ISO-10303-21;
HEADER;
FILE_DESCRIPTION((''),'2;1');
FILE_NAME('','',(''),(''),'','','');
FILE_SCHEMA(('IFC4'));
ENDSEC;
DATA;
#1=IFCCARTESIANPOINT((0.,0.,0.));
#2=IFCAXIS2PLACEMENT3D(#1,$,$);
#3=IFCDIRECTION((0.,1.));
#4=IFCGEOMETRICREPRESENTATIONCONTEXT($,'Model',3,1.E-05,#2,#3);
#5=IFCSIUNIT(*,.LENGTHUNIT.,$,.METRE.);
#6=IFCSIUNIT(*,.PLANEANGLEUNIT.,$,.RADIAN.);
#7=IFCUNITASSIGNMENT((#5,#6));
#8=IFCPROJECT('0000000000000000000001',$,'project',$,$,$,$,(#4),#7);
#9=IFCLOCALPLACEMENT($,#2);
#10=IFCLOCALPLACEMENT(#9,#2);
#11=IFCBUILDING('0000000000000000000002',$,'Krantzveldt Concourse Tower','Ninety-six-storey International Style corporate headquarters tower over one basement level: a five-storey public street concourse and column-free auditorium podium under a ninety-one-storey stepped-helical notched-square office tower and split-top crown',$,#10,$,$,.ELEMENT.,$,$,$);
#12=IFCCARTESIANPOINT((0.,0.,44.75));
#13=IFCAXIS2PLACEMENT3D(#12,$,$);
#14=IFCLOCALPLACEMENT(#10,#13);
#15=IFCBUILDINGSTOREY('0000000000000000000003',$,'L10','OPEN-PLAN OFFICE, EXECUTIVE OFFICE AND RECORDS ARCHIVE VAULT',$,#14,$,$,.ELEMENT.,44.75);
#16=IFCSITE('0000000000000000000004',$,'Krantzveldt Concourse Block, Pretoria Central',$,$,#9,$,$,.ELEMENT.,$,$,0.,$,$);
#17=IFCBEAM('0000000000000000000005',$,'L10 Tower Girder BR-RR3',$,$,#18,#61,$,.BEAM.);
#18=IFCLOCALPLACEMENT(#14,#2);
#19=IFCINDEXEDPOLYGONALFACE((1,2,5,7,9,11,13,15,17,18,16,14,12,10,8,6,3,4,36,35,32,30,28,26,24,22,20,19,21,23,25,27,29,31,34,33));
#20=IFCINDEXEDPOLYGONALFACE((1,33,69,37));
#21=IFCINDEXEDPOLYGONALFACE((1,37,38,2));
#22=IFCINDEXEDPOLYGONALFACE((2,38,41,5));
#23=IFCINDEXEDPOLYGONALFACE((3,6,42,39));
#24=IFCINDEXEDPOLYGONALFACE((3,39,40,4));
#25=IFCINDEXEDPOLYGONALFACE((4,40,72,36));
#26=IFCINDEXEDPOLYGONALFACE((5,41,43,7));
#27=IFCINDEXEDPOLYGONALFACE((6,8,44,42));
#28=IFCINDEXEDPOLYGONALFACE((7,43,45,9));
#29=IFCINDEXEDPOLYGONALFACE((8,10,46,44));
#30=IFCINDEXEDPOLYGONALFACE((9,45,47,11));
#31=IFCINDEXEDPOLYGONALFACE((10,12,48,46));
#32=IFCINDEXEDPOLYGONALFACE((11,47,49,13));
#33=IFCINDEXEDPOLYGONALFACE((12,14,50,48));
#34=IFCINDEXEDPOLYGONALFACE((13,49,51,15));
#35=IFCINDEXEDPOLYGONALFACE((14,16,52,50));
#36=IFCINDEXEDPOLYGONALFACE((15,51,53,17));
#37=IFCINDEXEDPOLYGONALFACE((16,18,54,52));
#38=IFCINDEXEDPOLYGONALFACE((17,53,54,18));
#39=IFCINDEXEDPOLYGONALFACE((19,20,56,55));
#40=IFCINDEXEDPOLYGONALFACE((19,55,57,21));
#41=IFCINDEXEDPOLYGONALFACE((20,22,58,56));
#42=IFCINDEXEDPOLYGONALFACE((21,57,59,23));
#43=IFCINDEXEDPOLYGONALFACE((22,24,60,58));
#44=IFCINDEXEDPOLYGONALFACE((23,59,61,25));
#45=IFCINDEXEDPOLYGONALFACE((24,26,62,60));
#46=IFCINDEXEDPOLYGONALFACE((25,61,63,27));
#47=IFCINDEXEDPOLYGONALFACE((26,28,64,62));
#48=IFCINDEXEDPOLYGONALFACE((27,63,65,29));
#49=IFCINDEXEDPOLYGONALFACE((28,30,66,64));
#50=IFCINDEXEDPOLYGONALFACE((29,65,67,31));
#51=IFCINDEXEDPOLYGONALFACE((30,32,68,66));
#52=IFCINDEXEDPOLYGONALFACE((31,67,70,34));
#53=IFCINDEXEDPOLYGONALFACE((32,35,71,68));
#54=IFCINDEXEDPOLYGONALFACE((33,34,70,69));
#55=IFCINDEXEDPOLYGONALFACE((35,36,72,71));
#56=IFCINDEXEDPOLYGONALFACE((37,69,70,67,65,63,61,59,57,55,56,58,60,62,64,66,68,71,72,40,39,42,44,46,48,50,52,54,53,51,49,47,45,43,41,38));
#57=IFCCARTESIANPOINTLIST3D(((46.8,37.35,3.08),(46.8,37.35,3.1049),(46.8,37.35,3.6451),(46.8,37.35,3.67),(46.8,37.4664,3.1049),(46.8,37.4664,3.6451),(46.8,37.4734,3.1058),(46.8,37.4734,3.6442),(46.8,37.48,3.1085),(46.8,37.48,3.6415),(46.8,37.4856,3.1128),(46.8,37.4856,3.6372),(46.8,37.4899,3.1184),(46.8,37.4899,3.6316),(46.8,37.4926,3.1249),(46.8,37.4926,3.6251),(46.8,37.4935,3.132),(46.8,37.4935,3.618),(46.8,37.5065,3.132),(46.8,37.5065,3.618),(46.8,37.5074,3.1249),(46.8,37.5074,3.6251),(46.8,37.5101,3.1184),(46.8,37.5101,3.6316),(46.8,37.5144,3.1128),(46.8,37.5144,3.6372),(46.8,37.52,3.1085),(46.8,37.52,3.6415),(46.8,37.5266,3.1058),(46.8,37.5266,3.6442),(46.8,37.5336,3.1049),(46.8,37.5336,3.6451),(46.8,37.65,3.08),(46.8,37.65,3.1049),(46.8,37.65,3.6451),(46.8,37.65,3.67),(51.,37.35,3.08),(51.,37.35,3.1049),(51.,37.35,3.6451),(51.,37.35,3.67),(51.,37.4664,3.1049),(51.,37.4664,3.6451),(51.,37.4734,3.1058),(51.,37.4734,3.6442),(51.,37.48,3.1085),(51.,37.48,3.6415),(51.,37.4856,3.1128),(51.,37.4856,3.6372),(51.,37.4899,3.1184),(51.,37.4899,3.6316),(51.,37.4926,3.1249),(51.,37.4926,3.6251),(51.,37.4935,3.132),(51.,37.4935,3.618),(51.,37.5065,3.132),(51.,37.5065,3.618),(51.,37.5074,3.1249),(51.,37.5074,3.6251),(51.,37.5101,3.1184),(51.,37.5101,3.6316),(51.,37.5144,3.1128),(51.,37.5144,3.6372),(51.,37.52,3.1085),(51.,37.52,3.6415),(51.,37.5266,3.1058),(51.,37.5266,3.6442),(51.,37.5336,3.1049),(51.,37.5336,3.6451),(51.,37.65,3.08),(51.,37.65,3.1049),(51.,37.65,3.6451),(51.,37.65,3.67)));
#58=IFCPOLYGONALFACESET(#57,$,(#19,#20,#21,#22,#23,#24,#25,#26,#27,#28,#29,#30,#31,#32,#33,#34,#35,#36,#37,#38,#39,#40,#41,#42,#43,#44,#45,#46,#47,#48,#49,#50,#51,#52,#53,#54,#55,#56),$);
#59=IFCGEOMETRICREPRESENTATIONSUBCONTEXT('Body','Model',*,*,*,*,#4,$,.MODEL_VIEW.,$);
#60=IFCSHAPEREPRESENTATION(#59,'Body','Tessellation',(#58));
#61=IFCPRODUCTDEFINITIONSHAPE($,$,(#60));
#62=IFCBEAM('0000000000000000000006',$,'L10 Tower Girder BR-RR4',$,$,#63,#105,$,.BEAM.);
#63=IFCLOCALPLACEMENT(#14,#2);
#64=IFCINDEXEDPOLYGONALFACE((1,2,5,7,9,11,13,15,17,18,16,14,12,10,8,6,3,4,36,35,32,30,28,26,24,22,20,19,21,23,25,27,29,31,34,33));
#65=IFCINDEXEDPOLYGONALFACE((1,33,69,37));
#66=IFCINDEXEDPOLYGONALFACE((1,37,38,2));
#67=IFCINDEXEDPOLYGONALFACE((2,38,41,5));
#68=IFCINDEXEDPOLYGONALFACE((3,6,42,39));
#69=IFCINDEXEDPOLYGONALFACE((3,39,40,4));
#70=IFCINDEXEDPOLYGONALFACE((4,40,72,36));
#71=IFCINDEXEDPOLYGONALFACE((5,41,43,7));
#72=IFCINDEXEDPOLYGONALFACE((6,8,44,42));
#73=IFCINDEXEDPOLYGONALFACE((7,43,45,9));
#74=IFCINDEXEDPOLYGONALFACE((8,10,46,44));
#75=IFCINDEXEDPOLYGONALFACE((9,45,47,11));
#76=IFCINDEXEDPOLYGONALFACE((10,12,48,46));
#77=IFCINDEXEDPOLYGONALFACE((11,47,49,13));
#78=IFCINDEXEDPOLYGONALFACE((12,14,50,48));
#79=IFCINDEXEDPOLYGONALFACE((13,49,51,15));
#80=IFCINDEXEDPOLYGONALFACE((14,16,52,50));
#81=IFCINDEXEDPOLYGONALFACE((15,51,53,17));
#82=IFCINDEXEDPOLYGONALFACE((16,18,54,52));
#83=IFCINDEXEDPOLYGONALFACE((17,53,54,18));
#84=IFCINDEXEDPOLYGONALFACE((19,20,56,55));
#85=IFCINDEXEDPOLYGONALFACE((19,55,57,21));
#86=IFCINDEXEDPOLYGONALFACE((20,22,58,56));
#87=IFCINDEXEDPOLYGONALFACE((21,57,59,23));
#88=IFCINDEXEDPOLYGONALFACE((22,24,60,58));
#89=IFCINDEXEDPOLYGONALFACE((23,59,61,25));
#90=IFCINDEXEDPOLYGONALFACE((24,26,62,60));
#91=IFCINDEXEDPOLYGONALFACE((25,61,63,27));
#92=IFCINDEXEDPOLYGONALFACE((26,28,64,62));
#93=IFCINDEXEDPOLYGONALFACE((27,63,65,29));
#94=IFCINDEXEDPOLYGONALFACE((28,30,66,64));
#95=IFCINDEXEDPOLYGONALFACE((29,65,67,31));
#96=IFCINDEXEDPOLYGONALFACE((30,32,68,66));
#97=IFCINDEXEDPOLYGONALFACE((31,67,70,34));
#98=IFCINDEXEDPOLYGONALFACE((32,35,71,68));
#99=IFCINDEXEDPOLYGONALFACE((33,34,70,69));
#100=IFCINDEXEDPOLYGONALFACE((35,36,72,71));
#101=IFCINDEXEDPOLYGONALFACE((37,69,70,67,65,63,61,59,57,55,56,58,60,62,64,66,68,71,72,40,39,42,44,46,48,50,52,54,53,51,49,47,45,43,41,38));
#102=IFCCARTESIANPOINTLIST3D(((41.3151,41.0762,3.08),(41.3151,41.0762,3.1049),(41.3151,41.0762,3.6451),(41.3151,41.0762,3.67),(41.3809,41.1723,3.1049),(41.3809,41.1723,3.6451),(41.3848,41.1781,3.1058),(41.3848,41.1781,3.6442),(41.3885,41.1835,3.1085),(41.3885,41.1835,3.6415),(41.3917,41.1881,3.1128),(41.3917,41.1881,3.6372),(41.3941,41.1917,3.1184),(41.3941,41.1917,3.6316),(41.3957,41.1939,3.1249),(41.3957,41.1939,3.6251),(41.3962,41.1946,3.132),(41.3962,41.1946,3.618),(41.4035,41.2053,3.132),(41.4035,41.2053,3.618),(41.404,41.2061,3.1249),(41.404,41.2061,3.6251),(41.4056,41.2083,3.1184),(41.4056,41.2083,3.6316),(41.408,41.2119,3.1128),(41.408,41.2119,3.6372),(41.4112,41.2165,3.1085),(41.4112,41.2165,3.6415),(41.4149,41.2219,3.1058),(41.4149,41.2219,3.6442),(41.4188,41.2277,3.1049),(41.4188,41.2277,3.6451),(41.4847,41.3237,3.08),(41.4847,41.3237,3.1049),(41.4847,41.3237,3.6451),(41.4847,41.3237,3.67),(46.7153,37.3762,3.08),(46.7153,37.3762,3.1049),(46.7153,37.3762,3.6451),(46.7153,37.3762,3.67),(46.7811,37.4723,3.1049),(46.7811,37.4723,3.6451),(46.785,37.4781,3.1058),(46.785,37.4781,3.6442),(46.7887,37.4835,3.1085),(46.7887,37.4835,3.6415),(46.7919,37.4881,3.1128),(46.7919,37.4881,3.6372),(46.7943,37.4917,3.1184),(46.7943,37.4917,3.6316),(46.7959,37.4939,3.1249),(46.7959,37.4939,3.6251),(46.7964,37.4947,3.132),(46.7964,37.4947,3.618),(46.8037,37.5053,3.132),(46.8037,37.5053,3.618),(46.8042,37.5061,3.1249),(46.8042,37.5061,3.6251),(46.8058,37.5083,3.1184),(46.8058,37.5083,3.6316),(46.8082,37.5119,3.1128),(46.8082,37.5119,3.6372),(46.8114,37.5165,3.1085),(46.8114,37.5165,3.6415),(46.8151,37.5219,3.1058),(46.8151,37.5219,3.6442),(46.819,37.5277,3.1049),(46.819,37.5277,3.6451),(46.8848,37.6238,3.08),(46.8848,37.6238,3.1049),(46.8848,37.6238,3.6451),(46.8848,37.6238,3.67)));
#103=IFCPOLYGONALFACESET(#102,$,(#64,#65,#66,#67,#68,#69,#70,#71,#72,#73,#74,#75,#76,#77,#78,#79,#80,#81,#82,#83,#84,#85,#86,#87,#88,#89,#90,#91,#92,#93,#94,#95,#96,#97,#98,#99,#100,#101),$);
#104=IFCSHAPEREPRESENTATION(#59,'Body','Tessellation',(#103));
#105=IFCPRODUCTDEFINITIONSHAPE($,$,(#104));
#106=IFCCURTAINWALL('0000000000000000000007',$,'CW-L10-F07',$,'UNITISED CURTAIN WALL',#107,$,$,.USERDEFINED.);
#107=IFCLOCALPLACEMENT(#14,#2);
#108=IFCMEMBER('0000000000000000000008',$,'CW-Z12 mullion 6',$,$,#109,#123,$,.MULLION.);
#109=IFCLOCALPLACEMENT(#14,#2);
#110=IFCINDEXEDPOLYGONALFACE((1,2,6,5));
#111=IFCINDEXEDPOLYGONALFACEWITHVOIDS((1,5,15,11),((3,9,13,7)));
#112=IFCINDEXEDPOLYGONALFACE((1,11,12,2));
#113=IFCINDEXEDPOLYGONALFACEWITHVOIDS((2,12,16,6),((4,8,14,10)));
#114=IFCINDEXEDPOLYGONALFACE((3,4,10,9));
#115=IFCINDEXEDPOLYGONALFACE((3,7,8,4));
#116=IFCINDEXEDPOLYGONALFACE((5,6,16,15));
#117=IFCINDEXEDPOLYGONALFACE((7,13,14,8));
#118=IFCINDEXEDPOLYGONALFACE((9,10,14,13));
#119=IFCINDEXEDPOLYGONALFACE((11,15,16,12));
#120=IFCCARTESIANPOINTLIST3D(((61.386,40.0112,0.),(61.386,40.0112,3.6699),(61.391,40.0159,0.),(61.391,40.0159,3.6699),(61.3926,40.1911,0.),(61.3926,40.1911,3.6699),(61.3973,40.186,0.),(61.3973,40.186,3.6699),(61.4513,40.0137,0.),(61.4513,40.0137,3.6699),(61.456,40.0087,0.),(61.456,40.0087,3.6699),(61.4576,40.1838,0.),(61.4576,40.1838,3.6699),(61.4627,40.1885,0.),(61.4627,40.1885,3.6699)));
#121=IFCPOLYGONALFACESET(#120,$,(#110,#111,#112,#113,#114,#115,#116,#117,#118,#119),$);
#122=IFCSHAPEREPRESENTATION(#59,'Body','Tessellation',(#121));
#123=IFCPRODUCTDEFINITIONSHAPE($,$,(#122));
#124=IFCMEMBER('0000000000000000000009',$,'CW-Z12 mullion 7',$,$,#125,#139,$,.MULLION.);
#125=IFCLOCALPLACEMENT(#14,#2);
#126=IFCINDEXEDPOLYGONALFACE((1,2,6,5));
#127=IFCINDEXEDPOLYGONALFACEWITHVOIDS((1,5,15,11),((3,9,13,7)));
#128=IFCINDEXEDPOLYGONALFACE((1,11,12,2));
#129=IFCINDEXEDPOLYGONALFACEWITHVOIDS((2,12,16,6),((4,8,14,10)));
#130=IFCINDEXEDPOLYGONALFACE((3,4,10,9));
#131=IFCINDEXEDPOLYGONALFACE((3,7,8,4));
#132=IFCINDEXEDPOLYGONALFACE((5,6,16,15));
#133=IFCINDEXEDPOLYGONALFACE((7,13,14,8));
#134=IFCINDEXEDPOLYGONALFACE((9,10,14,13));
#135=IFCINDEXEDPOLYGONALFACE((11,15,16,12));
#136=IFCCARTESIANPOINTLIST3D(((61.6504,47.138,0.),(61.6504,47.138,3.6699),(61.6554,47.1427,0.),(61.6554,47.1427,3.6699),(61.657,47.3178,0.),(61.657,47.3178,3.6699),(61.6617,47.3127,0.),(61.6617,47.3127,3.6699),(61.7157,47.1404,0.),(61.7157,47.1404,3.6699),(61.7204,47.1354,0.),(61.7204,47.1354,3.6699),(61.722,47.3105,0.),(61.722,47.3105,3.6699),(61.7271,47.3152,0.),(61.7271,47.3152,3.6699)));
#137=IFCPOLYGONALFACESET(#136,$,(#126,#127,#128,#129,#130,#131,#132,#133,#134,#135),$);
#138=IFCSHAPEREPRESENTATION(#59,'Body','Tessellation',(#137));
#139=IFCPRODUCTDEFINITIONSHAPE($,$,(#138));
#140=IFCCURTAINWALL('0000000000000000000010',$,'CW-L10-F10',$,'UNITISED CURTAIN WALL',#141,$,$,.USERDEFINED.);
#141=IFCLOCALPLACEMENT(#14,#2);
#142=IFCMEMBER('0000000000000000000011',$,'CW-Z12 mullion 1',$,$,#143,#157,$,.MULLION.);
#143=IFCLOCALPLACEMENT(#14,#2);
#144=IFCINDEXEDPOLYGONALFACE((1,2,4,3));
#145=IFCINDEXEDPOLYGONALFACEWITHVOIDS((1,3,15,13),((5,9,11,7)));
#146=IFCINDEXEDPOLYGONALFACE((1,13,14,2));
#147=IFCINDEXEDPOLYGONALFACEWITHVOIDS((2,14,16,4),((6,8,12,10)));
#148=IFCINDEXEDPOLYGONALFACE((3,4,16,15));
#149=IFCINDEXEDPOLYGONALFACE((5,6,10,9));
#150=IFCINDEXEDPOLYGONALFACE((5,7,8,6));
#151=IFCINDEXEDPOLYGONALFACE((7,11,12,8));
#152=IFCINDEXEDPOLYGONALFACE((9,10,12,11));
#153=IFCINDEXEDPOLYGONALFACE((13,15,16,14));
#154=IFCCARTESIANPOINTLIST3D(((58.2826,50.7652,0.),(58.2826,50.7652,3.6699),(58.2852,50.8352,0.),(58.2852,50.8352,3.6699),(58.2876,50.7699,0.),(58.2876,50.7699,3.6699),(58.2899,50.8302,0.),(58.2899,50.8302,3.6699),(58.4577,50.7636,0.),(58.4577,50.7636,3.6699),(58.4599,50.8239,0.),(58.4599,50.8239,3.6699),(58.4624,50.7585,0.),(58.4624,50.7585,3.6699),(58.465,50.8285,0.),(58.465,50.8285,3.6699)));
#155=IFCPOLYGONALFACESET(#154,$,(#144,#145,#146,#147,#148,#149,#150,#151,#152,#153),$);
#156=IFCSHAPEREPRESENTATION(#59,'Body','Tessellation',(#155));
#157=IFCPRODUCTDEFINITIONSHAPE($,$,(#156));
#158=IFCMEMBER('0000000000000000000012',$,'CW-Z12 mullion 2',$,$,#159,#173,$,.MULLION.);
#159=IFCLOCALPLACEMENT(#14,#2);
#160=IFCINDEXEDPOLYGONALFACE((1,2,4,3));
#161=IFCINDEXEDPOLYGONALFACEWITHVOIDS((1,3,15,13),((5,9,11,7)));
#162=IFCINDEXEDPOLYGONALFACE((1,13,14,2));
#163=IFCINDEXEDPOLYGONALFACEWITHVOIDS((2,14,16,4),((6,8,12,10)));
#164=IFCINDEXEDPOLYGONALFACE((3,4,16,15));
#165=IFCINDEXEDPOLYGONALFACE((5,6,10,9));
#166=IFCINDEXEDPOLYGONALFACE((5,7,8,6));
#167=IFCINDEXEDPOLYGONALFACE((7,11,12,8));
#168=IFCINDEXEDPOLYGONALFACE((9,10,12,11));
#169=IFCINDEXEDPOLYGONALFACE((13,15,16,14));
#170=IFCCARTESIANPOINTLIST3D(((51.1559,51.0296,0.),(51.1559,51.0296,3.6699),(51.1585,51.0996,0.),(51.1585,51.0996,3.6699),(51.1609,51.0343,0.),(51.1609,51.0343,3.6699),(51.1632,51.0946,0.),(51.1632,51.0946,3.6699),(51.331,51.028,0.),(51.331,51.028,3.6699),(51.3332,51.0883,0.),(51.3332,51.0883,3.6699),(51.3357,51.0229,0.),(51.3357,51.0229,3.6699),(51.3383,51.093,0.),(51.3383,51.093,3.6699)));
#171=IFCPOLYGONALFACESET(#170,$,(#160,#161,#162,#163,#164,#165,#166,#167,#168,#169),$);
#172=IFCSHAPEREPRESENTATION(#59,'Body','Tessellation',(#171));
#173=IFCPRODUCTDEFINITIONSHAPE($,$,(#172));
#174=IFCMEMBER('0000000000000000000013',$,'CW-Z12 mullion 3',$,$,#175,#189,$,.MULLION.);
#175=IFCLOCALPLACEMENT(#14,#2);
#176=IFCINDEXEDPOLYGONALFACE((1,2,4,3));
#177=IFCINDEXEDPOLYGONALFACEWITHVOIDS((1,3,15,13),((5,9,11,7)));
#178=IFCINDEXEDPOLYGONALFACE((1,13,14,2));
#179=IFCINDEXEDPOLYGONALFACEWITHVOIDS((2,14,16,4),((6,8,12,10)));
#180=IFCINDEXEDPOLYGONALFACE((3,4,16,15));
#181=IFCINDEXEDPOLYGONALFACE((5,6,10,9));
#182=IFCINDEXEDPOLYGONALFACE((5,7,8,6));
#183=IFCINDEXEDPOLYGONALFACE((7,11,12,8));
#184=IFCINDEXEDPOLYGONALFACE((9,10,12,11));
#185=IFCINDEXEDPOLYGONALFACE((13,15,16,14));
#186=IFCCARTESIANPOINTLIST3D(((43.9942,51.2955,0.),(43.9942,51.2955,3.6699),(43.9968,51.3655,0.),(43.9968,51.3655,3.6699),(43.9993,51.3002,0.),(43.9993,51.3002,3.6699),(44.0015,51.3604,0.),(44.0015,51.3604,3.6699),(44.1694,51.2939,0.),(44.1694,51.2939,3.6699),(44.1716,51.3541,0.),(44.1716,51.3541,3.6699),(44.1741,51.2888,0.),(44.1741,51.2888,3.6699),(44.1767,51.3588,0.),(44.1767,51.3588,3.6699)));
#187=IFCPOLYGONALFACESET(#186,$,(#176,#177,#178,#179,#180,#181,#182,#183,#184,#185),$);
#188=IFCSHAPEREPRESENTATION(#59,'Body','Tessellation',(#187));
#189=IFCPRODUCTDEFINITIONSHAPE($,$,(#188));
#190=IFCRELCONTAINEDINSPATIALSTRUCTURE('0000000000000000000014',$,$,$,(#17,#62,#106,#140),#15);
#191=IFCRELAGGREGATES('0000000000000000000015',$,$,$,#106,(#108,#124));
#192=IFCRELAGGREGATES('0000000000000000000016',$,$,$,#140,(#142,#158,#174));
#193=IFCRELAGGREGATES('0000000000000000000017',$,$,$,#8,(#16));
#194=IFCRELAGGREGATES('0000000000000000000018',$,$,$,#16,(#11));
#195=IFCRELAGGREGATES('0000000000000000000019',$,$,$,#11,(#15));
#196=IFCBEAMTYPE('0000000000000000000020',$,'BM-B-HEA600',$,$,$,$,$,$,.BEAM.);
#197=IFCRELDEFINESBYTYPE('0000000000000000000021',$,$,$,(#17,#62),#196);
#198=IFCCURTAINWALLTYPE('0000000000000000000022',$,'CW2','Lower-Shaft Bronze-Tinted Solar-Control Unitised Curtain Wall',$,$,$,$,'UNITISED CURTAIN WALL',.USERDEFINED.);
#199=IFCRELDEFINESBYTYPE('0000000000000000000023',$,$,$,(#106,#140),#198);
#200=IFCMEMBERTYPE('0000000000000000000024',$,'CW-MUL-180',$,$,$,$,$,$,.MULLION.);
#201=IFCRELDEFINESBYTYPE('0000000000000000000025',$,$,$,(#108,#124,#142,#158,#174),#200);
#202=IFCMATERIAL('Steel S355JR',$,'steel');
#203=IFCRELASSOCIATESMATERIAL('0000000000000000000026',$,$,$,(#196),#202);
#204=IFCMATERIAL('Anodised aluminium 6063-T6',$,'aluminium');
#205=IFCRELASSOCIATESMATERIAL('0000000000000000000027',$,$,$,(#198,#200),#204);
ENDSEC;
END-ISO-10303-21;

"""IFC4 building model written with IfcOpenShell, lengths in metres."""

from ifc_helpers import new_model, si_unit, direction, frame, origin, origin_2d, place, context, subcontext, project, spatial, hollow_rectangle, i_section, extrude, source, transform, mapped, material, material_profile, profile_set, type_object, type_shapes, element, aggregate, save


model = new_model("IFC4")

# Units and contexts
model_context = context("Model", 3, precision=1e-05, world=origin(), true_north=direction((0.0, 1.0)))
body_context = subcontext(model_context, "Body", "Model", "MODEL_VIEW")
ifc_project = project(units=[si_unit("LENGTHUNIT", "METRE"), si_unit("PLANEANGLEUNIT", "RADIAN")], contexts=[model_context])

# Site, building, storey
site_placement = place(None, origin())
site = spatial("IfcSite", under=ifc_project, at=site_placement, Name="Krantzveldt Concourse Block, Pretoria Central", CompositionType="ELEMENT", RefElevation=0.0)
building_placement = place(site_placement, origin())
building = spatial("IfcBuilding", under=site, at=building_placement, Name="Krantzveldt Concourse Tower", Description="Ninety-six-storey International Style corporate headquarters tower over one basement level: a five-storey public street concourse and column-free auditorium podium under a ninety-one-storey stepped-helical notched-square office tower and split-top crown", CompositionType="ELEMENT")
storey_placement = place(building_placement, frame((0.0, 0.0, 44.75)))
storey = spatial("IfcBuildingStorey", under=building, at=storey_placement, Name="L10", Description="OPEN-PLAN OFFICE, EXECUTIVE OFFICE AND RECORDS ARCHIVE VAULT", CompositionType="ELEMENT", Elevation=44.75)

# Beams
ifc_material_1 = material(Name="Steel S355JR", Category="steel")
ifc_material_profile_1 = material_profile(ifc_material_1, i_section(OverallWidth=0.3, OverallDepth=0.5901, WebThickness=0.0129, FlangeThickness=0.0249, FilletRadius=0.0271, at=origin_2d()), Name="Steel S355JR", Category="steel")
ifc_profile_set_1 = profile_set([ifc_material_profile_1], Name="Steel S355JR - HEA 600")
beam_type_1 = type_object("IfcBeamType", Name="BM-B-HEA600", PredefinedType="BEAM", material=ifc_profile_set_1)
shared_shape_1 = source(origin(), body_context, "Body", "SweptSolid", [
    extrude(i_section(OverallWidth=0.3, OverallDepth=0.5901, WebThickness=0.0129, FlangeThickness=0.0249, FilletRadius=0.0271, at=origin_2d()), origin(), (0.0, 0.0, 1.0), 4.2),
])
beam_1_placement = place(storey_placement, frame((46.8, 37.5, 3.375), z_axis=(1.0, 0.0, 0.0), x_axis=(0.0, 1.0, 0.0)))
element("IfcBeam", 1, at=beam_1_placement, inside=storey, type_object=beam_type_1, Name="L10 Tower Girder BR-RR3", PredefinedType="BEAM", context=body_context, shape_type="MappedRepresentation", body=[
    mapped(shared_shape_1, transform((0.0, 0.0, 0.0), x_axis=(1.0, 0.0, 0.0), y_axis=(0.0, 1.0, 0.0), z_axis=(0.0, 0.0, 1.0), scale=1.0)),
])
shared_shape_2 = source(origin(), body_context, "Body", "SweptSolid", [
    extrude(i_section(OverallWidth=0.3, OverallDepth=0.5901, WebThickness=0.0129, FlangeThickness=0.0249, FilletRadius=0.0271, at=origin_2d()), origin(), (0.0, 0.0, 1.0), 6.5461),
])
type_shapes(beam_type_1, [shared_shape_1, shared_shape_2])
beam_2_placement = place(storey_placement, frame((46.8, 37.5, 3.375), z_axis=(-0.824943, 0.565216, 0.0), x_axis=(-0.565216, -0.824943, 0.0)))
element("IfcBeam", 2, at=beam_2_placement, inside=storey, type_object=beam_type_1, Name="L10 Tower Girder BR-RR4", PredefinedType="BEAM", context=body_context, shape_type="MappedRepresentation", body=[
    mapped(shared_shape_2, transform((0.0, 0.0, 0.0), x_axis=(1.0, 0.0, 0.0), y_axis=(0.0, 1.0, 0.0), z_axis=(0.0, 0.0, 1.0), scale=1.0)),
])

# Curtain walls, members
ifc_material_2 = material(Name="Anodised aluminium 6063-T6", Category="aluminium")
curtain_wall_type = type_object("IfcCurtainWallType", Name="CW2", Description="Lower-Shaft Bronze-Tinted Solar-Control Unitised Curtain Wall", ElementType="UNITISED CURTAIN WALL", PredefinedType="USERDEFINED", material=ifc_material_2)
curtain_wall_1_placement = place(storey_placement, origin())
curtain_wall_1 = element("IfcCurtainWall", 3, at=curtain_wall_1_placement, inside=storey, type_object=curtain_wall_type, Name="CW-L10-F07", ObjectType="UNITISED CURTAIN WALL", PredefinedType="USERDEFINED")
ifc_material_profile_2 = material_profile(ifc_material_2, hollow_rectangle(XDim=0.0701, YDim=0.1799, WallThickness=0.0049, at=origin_2d()), Name="Anodised aluminium 6063-T6", Category="aluminium")
ifc_profile_set_2 = profile_set([ifc_material_profile_2], Name="Anodised aluminium 6063-T6 - ALU-MULL 180x70x5")
member_type_1 = type_object("IfcMemberType", Name="CW-MUL-180", PredefinedType="MULLION", material=ifc_profile_set_2)
shared_shape_3 = source(origin(), body_context, "Body", "SweptSolid", [
    extrude(hollow_rectangle(XDim=0.0701, YDim=0.1799, WallThickness=0.0049, at=origin_2d()), origin(), (0.0, 0.0, 1.0), 3.6699),
])
type_shapes(member_type_1, [shared_shape_3])
member_1_placement = place(storey_placement, frame((61.4243, 40.0999, 0.0), z_axis=(0.0, 0.0, 1.0), x_axis=(-0.999312, 0.03708, 0.0)))
member_1 = element("IfcMember", 4, at=member_1_placement, type_object=member_type_1, Name="CW-Z12 mullion 6", PredefinedType="MULLION", context=body_context, shape_type="MappedRepresentation", body=[
    mapped(shared_shape_3, transform((0.0, 0.0, 0.0), x_axis=(1.0, 0.0, 0.0), y_axis=(0.0, 1.0, 0.0), z_axis=(0.0, 0.0, 1.0), scale=1.0)),
])
member_2_placement = place(storey_placement, frame((61.6887, 47.2266, 0.0), z_axis=(0.0, 0.0, 1.0), x_axis=(-0.999312, 0.03708, 0.0)))
member_2 = element("IfcMember", 5, at=member_2_placement, type_object=member_type_1, Name="CW-Z12 mullion 7", PredefinedType="MULLION", context=body_context, shape_type="MappedRepresentation", body=[
    mapped(shared_shape_3, transform((0.0, 0.0, 0.0), x_axis=(1.0, 0.0, 0.0), y_axis=(0.0, 1.0, 0.0), z_axis=(0.0, 0.0, 1.0), scale=1.0)),
])
curtain_wall_2_placement = place(storey_placement, origin())
curtain_wall_2 = element("IfcCurtainWall", 6, at=curtain_wall_2_placement, inside=storey, type_object=curtain_wall_type, Name="CW-L10-F10", ObjectType="UNITISED CURTAIN WALL", PredefinedType="USERDEFINED")
member_3_placement = place(storey_placement, frame((58.3738, 50.7969, 0.0), z_axis=(0.0, 0.0, 1.0), x_axis=(-0.03708, -0.999312, 0.0)))
member_3 = element("IfcMember", 7, at=member_3_placement, type_object=member_type_1, Name="CW-Z12 mullion 1", PredefinedType="MULLION", context=body_context, shape_type="MappedRepresentation", body=[
    mapped(shared_shape_3, transform((0.0, 0.0, 0.0), x_axis=(1.0, 0.0, 0.0), y_axis=(0.0, 1.0, 0.0), z_axis=(0.0, 0.0, 1.0), scale=1.0)),
])
member_4_placement = place(storey_placement, frame((51.2471, 51.0613, 0.0), z_axis=(0.0, 0.0, 1.0), x_axis=(-0.03708, -0.999312, 0.0)))
member_4 = element("IfcMember", 8, at=member_4_placement, type_object=member_type_1, Name="CW-Z12 mullion 2", PredefinedType="MULLION", context=body_context, shape_type="MappedRepresentation", body=[
    mapped(shared_shape_3, transform((0.0, 0.0, 0.0), x_axis=(1.0, 0.0, 0.0), y_axis=(0.0, 1.0, 0.0), z_axis=(0.0, 0.0, 1.0), scale=1.0)),
])
member_5_placement = place(storey_placement, frame((44.0854, 51.3271, 0.0), z_axis=(0.0, 0.0, 1.0), x_axis=(-0.03708, -0.999312, 0.0)))
member_5 = element("IfcMember", 9, at=member_5_placement, type_object=member_type_1, Name="CW-Z12 mullion 3", PredefinedType="MULLION", context=body_context, shape_type="MappedRepresentation", body=[
    mapped(shared_shape_3, transform((0.0, 0.0, 0.0), x_axis=(1.0, 0.0, 0.0), y_axis=(0.0, 1.0, 0.0), z_axis=(0.0, 0.0, 1.0), scale=1.0)),
])

aggregate(curtain_wall_1, [member_1, member_2])
aggregate(curtain_wall_2, [member_3, member_4, member_5])

save(model, "model.ifc")
